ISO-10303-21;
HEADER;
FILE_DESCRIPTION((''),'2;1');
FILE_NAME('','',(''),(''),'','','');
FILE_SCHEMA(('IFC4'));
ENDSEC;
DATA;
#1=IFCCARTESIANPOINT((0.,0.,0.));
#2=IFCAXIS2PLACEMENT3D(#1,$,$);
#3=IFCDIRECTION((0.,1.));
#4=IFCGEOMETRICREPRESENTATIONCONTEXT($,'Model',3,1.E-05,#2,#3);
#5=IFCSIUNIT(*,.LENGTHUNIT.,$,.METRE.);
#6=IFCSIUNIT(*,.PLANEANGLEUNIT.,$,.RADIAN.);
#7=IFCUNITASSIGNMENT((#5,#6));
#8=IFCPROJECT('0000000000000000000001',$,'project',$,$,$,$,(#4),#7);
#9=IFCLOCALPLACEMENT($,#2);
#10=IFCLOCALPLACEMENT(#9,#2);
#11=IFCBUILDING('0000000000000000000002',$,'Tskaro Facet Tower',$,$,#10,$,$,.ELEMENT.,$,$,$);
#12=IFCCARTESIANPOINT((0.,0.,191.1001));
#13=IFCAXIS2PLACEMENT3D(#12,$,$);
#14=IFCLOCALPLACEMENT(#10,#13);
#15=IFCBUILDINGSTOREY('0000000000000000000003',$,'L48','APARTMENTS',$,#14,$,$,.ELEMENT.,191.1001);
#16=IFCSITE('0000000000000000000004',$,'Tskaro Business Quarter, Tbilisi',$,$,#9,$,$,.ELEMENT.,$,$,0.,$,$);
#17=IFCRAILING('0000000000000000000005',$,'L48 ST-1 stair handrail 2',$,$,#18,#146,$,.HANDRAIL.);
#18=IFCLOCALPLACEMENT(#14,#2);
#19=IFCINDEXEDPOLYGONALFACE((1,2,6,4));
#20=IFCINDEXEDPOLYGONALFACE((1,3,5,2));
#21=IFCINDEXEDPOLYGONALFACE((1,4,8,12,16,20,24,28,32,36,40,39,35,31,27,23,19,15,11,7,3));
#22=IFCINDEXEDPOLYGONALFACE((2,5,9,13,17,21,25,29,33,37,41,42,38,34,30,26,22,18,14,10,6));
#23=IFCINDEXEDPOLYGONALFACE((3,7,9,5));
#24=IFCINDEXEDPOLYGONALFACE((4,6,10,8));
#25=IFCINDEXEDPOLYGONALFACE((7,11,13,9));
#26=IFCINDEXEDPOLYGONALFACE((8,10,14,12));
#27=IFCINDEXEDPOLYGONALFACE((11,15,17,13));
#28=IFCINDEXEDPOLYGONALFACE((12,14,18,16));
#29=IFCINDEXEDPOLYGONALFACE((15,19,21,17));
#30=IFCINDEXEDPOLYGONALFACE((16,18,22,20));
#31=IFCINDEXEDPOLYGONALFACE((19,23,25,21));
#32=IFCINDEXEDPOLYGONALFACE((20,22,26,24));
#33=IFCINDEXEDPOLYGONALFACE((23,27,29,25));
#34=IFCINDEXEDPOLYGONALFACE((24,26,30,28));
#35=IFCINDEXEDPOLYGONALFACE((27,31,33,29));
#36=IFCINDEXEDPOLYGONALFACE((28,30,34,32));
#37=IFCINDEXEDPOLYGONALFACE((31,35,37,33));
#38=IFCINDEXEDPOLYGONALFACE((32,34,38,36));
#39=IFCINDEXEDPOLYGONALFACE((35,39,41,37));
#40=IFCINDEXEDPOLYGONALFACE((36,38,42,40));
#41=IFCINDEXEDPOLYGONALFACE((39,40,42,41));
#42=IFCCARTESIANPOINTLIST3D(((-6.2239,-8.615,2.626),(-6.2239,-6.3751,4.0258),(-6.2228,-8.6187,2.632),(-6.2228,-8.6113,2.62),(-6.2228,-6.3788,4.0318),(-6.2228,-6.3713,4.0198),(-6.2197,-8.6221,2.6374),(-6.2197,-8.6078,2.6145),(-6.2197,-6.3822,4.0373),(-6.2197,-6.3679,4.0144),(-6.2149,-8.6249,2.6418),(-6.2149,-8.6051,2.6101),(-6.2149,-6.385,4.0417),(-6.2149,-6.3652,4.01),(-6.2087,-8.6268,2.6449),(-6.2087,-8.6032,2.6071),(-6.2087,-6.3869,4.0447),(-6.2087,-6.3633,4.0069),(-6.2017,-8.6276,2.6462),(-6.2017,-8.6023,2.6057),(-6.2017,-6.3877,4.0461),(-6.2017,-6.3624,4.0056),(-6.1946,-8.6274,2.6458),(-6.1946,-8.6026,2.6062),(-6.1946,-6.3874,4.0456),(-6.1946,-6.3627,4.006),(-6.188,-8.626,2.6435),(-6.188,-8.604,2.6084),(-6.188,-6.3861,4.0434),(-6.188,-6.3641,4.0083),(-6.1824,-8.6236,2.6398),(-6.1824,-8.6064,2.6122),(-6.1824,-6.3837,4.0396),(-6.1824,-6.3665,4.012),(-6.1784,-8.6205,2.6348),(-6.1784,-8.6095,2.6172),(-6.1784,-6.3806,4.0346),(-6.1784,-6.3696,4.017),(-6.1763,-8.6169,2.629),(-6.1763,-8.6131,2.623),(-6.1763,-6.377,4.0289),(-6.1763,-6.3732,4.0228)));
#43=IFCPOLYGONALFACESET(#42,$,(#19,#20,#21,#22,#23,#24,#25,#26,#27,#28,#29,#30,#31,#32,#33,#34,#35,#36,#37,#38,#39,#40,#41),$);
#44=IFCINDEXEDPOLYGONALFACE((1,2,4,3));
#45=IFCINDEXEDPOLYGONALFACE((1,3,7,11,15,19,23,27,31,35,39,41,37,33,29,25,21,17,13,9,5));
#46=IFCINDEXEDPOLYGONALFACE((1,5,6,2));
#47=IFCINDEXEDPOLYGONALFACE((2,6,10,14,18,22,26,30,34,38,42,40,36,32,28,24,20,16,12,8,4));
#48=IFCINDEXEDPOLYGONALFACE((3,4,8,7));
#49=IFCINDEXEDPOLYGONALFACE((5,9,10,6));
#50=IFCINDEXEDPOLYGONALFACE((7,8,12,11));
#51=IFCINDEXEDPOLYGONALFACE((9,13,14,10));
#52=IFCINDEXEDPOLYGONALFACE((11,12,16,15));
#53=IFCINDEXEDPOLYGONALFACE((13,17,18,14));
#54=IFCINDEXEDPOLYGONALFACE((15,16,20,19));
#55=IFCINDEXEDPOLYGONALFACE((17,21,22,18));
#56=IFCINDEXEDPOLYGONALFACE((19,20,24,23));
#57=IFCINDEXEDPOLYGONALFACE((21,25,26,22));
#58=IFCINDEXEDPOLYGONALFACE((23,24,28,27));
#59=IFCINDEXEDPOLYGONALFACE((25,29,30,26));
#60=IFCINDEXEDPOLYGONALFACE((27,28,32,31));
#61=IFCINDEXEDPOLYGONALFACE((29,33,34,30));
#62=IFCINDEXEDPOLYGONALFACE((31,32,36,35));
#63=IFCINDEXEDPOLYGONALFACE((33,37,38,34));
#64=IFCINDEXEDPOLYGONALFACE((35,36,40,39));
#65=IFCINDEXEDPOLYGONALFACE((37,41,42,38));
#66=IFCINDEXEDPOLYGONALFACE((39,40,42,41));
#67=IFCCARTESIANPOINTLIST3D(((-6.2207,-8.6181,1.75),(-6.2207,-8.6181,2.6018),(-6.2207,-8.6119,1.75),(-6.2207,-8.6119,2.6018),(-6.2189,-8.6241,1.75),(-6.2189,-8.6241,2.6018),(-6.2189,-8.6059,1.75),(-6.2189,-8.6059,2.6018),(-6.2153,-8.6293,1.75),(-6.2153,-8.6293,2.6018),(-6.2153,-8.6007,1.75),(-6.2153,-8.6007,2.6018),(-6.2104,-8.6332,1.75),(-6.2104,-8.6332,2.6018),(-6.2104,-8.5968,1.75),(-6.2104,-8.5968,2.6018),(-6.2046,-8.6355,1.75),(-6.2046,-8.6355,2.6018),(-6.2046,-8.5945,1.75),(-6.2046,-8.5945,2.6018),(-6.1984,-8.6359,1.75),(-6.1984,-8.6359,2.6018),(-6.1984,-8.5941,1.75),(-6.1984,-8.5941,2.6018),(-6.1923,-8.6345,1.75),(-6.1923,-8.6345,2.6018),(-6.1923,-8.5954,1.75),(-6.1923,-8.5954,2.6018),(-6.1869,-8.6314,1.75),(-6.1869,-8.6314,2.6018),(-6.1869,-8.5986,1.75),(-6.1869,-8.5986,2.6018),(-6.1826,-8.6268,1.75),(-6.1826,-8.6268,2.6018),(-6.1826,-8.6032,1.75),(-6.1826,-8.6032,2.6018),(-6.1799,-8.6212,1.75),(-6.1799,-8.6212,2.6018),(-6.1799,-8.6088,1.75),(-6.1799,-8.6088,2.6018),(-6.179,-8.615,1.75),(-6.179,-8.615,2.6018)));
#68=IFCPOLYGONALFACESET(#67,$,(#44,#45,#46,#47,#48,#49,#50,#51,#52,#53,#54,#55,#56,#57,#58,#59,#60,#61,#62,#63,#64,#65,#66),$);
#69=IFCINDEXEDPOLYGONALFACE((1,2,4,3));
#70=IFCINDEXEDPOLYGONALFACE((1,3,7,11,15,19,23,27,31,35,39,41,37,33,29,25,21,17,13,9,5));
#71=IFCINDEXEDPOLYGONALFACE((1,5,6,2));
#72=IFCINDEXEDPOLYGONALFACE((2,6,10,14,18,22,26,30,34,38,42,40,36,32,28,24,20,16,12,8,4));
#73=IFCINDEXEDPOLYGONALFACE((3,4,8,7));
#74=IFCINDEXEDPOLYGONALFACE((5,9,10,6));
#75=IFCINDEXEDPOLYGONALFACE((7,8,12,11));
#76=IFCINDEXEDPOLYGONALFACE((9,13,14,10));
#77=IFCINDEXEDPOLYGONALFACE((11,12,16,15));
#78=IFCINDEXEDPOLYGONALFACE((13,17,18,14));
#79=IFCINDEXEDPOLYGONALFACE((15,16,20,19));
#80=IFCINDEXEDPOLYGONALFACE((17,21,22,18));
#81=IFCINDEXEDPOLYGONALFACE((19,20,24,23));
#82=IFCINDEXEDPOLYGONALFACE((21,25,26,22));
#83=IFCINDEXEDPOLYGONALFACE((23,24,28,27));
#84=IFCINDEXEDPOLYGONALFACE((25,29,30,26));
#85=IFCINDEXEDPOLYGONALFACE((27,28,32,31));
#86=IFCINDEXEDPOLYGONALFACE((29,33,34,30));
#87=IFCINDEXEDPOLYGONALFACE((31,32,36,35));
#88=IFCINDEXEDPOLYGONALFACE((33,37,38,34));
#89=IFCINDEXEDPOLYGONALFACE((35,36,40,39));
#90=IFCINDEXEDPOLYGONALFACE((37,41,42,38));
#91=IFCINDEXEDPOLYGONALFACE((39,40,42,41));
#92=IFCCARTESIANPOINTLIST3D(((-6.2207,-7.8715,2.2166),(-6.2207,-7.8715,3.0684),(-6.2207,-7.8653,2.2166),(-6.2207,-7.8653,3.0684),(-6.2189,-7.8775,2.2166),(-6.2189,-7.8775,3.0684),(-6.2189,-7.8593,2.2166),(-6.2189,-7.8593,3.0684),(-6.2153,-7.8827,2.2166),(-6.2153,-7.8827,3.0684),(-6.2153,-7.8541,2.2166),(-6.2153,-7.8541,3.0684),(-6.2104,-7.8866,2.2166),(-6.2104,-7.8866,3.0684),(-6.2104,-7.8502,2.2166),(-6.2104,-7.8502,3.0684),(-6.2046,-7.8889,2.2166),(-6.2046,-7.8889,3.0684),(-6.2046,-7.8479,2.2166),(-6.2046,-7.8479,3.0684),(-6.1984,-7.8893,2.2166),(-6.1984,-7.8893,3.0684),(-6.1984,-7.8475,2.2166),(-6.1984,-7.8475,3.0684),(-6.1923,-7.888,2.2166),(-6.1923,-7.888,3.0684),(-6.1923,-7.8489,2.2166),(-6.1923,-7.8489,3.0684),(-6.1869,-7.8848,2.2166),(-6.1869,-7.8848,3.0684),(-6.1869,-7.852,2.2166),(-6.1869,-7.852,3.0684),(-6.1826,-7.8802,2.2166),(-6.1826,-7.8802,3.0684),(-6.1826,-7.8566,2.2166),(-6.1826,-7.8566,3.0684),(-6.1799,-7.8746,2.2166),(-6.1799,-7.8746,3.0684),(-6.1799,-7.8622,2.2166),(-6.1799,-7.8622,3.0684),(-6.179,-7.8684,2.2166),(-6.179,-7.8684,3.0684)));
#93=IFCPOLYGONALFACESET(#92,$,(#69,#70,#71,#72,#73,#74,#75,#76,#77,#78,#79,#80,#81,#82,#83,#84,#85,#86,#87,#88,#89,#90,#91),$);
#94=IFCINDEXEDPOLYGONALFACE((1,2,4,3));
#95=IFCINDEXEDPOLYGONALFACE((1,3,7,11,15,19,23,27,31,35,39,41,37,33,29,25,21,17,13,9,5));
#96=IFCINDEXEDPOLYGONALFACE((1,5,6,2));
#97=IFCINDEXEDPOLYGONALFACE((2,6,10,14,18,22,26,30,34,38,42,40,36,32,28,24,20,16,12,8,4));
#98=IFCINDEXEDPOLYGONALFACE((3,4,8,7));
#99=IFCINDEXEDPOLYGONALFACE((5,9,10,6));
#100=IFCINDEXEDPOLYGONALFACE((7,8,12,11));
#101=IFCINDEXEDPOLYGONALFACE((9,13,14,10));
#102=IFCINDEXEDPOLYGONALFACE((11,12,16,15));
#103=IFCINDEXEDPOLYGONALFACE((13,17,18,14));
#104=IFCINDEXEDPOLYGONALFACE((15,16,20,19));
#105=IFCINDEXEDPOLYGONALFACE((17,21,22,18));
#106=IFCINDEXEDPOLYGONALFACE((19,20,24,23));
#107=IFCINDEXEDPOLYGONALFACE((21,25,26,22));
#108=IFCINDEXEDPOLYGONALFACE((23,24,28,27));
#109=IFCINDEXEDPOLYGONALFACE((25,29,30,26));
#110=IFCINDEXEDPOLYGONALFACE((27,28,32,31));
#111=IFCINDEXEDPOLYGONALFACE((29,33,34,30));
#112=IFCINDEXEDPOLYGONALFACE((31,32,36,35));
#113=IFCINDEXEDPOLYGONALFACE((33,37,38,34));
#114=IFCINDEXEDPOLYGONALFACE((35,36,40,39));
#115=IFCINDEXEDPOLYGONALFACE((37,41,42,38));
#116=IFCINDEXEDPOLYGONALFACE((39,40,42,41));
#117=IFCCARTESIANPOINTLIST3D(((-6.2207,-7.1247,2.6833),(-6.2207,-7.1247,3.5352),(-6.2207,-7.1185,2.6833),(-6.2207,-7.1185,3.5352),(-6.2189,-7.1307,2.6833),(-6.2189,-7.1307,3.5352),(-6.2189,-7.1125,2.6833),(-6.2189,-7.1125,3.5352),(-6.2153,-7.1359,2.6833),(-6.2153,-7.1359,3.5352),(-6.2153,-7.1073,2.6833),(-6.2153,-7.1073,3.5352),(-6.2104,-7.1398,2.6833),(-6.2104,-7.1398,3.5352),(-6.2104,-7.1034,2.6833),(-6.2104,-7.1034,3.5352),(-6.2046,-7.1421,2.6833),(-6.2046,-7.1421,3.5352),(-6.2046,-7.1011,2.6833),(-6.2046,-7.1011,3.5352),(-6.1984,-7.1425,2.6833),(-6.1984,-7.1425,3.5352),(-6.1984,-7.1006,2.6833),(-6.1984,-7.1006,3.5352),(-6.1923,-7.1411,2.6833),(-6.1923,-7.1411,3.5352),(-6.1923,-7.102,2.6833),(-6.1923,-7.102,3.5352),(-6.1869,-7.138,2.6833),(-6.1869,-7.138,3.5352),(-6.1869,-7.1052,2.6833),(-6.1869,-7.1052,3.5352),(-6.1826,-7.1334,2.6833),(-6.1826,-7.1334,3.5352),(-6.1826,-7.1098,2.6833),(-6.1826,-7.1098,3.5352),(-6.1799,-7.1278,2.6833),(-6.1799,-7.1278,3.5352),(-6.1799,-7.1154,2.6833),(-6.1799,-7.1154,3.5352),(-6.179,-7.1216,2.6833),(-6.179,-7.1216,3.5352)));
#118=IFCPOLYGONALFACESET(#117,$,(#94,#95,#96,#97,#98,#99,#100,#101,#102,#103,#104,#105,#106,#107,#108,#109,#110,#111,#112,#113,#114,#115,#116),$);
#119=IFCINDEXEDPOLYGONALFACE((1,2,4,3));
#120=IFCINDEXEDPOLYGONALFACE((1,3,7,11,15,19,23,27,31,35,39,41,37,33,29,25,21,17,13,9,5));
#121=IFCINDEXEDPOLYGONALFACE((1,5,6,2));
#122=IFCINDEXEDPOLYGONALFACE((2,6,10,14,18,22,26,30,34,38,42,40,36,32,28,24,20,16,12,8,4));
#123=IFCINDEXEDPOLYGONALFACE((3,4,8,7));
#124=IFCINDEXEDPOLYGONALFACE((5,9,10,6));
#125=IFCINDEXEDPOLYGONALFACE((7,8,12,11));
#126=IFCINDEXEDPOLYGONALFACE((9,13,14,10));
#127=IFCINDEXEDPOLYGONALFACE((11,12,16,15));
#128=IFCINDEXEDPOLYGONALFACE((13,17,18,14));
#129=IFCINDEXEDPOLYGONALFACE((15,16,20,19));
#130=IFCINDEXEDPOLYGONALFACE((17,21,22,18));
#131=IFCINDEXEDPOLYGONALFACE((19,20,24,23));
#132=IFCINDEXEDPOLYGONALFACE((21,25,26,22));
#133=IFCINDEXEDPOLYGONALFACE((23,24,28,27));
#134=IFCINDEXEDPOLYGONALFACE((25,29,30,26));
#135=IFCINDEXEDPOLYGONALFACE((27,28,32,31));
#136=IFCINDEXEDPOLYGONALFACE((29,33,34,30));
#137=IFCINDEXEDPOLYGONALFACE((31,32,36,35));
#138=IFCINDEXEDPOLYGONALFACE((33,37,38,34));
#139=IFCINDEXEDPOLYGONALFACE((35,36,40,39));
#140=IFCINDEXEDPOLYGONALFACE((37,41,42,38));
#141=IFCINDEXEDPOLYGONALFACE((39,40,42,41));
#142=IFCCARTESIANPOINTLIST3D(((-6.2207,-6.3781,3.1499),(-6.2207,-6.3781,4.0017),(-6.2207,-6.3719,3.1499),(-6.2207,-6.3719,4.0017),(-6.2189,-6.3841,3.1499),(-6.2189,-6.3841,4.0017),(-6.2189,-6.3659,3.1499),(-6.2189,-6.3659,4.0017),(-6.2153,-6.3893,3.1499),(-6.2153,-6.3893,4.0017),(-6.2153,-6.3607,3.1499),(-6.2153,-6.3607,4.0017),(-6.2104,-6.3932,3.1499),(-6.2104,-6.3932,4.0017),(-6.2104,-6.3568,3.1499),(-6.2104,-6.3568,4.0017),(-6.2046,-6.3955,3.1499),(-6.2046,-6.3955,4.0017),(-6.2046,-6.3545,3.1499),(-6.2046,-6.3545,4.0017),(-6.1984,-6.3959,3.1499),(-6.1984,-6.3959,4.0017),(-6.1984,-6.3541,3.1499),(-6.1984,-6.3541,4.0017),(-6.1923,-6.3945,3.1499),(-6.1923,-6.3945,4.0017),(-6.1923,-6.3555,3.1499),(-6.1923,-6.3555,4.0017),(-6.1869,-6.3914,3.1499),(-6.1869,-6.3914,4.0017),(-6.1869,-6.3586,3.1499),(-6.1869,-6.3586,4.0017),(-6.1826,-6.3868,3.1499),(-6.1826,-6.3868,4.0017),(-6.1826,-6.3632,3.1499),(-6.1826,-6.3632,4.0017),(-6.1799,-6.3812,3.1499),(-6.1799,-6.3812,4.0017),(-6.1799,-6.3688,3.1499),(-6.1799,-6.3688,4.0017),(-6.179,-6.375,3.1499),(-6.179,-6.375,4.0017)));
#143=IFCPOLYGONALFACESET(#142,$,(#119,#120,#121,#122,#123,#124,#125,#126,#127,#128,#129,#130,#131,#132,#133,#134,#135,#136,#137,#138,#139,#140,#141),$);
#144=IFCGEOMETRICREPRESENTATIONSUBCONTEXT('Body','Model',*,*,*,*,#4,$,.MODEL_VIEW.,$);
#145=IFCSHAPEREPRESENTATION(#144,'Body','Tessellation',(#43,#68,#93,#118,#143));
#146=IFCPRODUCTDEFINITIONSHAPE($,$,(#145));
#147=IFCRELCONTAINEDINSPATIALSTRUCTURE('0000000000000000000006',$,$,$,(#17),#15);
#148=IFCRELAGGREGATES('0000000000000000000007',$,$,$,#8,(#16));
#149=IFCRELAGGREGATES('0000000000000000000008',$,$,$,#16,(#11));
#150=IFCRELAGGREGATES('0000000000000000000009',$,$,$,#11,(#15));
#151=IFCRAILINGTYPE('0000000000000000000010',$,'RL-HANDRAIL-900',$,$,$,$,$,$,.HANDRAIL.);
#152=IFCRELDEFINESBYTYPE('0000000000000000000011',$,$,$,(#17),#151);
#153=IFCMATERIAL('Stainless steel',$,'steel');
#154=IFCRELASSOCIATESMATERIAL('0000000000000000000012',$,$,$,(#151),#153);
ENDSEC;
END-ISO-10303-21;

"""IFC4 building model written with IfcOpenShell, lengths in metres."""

from ifc_helpers import new_model, si_unit, direction, frame, origin, origin_2d, place, context, subcontext, project, spatial, circle, extrude, material, type_object, element, save


model = new_model("IFC4")

# Units and contexts
model_context = context("Model", 3, precision=1e-05, world=origin(), true_north=direction((0.0, 1.0)))
body_context = subcontext(model_context, "Body", "Model", "MODEL_VIEW")
ifc_project = project(units=[si_unit("LENGTHUNIT", "METRE"), si_unit("PLANEANGLEUNIT", "RADIAN")], contexts=[model_context])

# Site, building, storey
site_placement = place(None, origin())
site = spatial("IfcSite", under=ifc_project, at=site_placement, Name="Tskaro Business Quarter, Tbilisi", CompositionType="ELEMENT", RefElevation=0.0)
building_placement = place(site_placement, origin())
building = spatial("IfcBuilding", under=site, at=building_placement, Name="Tskaro Facet Tower", CompositionType="ELEMENT")
storey_placement = place(building_placement, frame((0.0, 0.0, 191.1001)))
storey = spatial("IfcBuildingStorey", under=building, at=storey_placement, Name="L48", Description="APARTMENTS", CompositionType="ELEMENT", Elevation=191.1001)

# Shared definitions
ifc_material_1 = material(Name="Stainless steel", Category="steel")

# Railing
railing_type_1 = type_object("IfcRailingType", Name="RL-HANDRAIL-900", PredefinedType="HANDRAIL", material=ifc_material_1)
railing_1_placement = place(storey_placement, frame((-6.2, -8.615, 1.75)))
element("IfcRailing", 1, at=railing_1_placement, inside=storey, type_object=railing_type_1, Name="L48 ST-1 stair handrail 2", PredefinedType="HANDRAIL", context=body_context, shape_type="SweptSolid", body=[
    extrude(circle(Radius=0.0239, at=origin_2d()), frame((0.0, 0.0, 0.876), z_axis=(0.0, 0.848014, 0.529974), x_axis=(-1.0, 0.0, 0.0)), (0.0, 0.0, 1.0), 2.6414),
    extrude(circle(Radius=0.021, at=origin_2d()), origin(), (0.0, 0.0, 1.0), 0.8518),
    extrude(circle(Radius=0.021, at=origin_2d()), frame((0.0, 0.7466, 0.4666)), (0.0, 0.0, 1.0), 0.8518),
    extrude(circle(Radius=0.021, at=origin_2d()), frame((0.0, 1.4934, 0.9333)), (0.0, 0.0, 1.0), 0.8518),
    extrude(circle(Radius=0.021, at=origin_2d()), frame((0.0, 2.24, 1.3999)), (0.0, 0.0, 1.0), 0.8518),
])

save(model, "model.ifc")
